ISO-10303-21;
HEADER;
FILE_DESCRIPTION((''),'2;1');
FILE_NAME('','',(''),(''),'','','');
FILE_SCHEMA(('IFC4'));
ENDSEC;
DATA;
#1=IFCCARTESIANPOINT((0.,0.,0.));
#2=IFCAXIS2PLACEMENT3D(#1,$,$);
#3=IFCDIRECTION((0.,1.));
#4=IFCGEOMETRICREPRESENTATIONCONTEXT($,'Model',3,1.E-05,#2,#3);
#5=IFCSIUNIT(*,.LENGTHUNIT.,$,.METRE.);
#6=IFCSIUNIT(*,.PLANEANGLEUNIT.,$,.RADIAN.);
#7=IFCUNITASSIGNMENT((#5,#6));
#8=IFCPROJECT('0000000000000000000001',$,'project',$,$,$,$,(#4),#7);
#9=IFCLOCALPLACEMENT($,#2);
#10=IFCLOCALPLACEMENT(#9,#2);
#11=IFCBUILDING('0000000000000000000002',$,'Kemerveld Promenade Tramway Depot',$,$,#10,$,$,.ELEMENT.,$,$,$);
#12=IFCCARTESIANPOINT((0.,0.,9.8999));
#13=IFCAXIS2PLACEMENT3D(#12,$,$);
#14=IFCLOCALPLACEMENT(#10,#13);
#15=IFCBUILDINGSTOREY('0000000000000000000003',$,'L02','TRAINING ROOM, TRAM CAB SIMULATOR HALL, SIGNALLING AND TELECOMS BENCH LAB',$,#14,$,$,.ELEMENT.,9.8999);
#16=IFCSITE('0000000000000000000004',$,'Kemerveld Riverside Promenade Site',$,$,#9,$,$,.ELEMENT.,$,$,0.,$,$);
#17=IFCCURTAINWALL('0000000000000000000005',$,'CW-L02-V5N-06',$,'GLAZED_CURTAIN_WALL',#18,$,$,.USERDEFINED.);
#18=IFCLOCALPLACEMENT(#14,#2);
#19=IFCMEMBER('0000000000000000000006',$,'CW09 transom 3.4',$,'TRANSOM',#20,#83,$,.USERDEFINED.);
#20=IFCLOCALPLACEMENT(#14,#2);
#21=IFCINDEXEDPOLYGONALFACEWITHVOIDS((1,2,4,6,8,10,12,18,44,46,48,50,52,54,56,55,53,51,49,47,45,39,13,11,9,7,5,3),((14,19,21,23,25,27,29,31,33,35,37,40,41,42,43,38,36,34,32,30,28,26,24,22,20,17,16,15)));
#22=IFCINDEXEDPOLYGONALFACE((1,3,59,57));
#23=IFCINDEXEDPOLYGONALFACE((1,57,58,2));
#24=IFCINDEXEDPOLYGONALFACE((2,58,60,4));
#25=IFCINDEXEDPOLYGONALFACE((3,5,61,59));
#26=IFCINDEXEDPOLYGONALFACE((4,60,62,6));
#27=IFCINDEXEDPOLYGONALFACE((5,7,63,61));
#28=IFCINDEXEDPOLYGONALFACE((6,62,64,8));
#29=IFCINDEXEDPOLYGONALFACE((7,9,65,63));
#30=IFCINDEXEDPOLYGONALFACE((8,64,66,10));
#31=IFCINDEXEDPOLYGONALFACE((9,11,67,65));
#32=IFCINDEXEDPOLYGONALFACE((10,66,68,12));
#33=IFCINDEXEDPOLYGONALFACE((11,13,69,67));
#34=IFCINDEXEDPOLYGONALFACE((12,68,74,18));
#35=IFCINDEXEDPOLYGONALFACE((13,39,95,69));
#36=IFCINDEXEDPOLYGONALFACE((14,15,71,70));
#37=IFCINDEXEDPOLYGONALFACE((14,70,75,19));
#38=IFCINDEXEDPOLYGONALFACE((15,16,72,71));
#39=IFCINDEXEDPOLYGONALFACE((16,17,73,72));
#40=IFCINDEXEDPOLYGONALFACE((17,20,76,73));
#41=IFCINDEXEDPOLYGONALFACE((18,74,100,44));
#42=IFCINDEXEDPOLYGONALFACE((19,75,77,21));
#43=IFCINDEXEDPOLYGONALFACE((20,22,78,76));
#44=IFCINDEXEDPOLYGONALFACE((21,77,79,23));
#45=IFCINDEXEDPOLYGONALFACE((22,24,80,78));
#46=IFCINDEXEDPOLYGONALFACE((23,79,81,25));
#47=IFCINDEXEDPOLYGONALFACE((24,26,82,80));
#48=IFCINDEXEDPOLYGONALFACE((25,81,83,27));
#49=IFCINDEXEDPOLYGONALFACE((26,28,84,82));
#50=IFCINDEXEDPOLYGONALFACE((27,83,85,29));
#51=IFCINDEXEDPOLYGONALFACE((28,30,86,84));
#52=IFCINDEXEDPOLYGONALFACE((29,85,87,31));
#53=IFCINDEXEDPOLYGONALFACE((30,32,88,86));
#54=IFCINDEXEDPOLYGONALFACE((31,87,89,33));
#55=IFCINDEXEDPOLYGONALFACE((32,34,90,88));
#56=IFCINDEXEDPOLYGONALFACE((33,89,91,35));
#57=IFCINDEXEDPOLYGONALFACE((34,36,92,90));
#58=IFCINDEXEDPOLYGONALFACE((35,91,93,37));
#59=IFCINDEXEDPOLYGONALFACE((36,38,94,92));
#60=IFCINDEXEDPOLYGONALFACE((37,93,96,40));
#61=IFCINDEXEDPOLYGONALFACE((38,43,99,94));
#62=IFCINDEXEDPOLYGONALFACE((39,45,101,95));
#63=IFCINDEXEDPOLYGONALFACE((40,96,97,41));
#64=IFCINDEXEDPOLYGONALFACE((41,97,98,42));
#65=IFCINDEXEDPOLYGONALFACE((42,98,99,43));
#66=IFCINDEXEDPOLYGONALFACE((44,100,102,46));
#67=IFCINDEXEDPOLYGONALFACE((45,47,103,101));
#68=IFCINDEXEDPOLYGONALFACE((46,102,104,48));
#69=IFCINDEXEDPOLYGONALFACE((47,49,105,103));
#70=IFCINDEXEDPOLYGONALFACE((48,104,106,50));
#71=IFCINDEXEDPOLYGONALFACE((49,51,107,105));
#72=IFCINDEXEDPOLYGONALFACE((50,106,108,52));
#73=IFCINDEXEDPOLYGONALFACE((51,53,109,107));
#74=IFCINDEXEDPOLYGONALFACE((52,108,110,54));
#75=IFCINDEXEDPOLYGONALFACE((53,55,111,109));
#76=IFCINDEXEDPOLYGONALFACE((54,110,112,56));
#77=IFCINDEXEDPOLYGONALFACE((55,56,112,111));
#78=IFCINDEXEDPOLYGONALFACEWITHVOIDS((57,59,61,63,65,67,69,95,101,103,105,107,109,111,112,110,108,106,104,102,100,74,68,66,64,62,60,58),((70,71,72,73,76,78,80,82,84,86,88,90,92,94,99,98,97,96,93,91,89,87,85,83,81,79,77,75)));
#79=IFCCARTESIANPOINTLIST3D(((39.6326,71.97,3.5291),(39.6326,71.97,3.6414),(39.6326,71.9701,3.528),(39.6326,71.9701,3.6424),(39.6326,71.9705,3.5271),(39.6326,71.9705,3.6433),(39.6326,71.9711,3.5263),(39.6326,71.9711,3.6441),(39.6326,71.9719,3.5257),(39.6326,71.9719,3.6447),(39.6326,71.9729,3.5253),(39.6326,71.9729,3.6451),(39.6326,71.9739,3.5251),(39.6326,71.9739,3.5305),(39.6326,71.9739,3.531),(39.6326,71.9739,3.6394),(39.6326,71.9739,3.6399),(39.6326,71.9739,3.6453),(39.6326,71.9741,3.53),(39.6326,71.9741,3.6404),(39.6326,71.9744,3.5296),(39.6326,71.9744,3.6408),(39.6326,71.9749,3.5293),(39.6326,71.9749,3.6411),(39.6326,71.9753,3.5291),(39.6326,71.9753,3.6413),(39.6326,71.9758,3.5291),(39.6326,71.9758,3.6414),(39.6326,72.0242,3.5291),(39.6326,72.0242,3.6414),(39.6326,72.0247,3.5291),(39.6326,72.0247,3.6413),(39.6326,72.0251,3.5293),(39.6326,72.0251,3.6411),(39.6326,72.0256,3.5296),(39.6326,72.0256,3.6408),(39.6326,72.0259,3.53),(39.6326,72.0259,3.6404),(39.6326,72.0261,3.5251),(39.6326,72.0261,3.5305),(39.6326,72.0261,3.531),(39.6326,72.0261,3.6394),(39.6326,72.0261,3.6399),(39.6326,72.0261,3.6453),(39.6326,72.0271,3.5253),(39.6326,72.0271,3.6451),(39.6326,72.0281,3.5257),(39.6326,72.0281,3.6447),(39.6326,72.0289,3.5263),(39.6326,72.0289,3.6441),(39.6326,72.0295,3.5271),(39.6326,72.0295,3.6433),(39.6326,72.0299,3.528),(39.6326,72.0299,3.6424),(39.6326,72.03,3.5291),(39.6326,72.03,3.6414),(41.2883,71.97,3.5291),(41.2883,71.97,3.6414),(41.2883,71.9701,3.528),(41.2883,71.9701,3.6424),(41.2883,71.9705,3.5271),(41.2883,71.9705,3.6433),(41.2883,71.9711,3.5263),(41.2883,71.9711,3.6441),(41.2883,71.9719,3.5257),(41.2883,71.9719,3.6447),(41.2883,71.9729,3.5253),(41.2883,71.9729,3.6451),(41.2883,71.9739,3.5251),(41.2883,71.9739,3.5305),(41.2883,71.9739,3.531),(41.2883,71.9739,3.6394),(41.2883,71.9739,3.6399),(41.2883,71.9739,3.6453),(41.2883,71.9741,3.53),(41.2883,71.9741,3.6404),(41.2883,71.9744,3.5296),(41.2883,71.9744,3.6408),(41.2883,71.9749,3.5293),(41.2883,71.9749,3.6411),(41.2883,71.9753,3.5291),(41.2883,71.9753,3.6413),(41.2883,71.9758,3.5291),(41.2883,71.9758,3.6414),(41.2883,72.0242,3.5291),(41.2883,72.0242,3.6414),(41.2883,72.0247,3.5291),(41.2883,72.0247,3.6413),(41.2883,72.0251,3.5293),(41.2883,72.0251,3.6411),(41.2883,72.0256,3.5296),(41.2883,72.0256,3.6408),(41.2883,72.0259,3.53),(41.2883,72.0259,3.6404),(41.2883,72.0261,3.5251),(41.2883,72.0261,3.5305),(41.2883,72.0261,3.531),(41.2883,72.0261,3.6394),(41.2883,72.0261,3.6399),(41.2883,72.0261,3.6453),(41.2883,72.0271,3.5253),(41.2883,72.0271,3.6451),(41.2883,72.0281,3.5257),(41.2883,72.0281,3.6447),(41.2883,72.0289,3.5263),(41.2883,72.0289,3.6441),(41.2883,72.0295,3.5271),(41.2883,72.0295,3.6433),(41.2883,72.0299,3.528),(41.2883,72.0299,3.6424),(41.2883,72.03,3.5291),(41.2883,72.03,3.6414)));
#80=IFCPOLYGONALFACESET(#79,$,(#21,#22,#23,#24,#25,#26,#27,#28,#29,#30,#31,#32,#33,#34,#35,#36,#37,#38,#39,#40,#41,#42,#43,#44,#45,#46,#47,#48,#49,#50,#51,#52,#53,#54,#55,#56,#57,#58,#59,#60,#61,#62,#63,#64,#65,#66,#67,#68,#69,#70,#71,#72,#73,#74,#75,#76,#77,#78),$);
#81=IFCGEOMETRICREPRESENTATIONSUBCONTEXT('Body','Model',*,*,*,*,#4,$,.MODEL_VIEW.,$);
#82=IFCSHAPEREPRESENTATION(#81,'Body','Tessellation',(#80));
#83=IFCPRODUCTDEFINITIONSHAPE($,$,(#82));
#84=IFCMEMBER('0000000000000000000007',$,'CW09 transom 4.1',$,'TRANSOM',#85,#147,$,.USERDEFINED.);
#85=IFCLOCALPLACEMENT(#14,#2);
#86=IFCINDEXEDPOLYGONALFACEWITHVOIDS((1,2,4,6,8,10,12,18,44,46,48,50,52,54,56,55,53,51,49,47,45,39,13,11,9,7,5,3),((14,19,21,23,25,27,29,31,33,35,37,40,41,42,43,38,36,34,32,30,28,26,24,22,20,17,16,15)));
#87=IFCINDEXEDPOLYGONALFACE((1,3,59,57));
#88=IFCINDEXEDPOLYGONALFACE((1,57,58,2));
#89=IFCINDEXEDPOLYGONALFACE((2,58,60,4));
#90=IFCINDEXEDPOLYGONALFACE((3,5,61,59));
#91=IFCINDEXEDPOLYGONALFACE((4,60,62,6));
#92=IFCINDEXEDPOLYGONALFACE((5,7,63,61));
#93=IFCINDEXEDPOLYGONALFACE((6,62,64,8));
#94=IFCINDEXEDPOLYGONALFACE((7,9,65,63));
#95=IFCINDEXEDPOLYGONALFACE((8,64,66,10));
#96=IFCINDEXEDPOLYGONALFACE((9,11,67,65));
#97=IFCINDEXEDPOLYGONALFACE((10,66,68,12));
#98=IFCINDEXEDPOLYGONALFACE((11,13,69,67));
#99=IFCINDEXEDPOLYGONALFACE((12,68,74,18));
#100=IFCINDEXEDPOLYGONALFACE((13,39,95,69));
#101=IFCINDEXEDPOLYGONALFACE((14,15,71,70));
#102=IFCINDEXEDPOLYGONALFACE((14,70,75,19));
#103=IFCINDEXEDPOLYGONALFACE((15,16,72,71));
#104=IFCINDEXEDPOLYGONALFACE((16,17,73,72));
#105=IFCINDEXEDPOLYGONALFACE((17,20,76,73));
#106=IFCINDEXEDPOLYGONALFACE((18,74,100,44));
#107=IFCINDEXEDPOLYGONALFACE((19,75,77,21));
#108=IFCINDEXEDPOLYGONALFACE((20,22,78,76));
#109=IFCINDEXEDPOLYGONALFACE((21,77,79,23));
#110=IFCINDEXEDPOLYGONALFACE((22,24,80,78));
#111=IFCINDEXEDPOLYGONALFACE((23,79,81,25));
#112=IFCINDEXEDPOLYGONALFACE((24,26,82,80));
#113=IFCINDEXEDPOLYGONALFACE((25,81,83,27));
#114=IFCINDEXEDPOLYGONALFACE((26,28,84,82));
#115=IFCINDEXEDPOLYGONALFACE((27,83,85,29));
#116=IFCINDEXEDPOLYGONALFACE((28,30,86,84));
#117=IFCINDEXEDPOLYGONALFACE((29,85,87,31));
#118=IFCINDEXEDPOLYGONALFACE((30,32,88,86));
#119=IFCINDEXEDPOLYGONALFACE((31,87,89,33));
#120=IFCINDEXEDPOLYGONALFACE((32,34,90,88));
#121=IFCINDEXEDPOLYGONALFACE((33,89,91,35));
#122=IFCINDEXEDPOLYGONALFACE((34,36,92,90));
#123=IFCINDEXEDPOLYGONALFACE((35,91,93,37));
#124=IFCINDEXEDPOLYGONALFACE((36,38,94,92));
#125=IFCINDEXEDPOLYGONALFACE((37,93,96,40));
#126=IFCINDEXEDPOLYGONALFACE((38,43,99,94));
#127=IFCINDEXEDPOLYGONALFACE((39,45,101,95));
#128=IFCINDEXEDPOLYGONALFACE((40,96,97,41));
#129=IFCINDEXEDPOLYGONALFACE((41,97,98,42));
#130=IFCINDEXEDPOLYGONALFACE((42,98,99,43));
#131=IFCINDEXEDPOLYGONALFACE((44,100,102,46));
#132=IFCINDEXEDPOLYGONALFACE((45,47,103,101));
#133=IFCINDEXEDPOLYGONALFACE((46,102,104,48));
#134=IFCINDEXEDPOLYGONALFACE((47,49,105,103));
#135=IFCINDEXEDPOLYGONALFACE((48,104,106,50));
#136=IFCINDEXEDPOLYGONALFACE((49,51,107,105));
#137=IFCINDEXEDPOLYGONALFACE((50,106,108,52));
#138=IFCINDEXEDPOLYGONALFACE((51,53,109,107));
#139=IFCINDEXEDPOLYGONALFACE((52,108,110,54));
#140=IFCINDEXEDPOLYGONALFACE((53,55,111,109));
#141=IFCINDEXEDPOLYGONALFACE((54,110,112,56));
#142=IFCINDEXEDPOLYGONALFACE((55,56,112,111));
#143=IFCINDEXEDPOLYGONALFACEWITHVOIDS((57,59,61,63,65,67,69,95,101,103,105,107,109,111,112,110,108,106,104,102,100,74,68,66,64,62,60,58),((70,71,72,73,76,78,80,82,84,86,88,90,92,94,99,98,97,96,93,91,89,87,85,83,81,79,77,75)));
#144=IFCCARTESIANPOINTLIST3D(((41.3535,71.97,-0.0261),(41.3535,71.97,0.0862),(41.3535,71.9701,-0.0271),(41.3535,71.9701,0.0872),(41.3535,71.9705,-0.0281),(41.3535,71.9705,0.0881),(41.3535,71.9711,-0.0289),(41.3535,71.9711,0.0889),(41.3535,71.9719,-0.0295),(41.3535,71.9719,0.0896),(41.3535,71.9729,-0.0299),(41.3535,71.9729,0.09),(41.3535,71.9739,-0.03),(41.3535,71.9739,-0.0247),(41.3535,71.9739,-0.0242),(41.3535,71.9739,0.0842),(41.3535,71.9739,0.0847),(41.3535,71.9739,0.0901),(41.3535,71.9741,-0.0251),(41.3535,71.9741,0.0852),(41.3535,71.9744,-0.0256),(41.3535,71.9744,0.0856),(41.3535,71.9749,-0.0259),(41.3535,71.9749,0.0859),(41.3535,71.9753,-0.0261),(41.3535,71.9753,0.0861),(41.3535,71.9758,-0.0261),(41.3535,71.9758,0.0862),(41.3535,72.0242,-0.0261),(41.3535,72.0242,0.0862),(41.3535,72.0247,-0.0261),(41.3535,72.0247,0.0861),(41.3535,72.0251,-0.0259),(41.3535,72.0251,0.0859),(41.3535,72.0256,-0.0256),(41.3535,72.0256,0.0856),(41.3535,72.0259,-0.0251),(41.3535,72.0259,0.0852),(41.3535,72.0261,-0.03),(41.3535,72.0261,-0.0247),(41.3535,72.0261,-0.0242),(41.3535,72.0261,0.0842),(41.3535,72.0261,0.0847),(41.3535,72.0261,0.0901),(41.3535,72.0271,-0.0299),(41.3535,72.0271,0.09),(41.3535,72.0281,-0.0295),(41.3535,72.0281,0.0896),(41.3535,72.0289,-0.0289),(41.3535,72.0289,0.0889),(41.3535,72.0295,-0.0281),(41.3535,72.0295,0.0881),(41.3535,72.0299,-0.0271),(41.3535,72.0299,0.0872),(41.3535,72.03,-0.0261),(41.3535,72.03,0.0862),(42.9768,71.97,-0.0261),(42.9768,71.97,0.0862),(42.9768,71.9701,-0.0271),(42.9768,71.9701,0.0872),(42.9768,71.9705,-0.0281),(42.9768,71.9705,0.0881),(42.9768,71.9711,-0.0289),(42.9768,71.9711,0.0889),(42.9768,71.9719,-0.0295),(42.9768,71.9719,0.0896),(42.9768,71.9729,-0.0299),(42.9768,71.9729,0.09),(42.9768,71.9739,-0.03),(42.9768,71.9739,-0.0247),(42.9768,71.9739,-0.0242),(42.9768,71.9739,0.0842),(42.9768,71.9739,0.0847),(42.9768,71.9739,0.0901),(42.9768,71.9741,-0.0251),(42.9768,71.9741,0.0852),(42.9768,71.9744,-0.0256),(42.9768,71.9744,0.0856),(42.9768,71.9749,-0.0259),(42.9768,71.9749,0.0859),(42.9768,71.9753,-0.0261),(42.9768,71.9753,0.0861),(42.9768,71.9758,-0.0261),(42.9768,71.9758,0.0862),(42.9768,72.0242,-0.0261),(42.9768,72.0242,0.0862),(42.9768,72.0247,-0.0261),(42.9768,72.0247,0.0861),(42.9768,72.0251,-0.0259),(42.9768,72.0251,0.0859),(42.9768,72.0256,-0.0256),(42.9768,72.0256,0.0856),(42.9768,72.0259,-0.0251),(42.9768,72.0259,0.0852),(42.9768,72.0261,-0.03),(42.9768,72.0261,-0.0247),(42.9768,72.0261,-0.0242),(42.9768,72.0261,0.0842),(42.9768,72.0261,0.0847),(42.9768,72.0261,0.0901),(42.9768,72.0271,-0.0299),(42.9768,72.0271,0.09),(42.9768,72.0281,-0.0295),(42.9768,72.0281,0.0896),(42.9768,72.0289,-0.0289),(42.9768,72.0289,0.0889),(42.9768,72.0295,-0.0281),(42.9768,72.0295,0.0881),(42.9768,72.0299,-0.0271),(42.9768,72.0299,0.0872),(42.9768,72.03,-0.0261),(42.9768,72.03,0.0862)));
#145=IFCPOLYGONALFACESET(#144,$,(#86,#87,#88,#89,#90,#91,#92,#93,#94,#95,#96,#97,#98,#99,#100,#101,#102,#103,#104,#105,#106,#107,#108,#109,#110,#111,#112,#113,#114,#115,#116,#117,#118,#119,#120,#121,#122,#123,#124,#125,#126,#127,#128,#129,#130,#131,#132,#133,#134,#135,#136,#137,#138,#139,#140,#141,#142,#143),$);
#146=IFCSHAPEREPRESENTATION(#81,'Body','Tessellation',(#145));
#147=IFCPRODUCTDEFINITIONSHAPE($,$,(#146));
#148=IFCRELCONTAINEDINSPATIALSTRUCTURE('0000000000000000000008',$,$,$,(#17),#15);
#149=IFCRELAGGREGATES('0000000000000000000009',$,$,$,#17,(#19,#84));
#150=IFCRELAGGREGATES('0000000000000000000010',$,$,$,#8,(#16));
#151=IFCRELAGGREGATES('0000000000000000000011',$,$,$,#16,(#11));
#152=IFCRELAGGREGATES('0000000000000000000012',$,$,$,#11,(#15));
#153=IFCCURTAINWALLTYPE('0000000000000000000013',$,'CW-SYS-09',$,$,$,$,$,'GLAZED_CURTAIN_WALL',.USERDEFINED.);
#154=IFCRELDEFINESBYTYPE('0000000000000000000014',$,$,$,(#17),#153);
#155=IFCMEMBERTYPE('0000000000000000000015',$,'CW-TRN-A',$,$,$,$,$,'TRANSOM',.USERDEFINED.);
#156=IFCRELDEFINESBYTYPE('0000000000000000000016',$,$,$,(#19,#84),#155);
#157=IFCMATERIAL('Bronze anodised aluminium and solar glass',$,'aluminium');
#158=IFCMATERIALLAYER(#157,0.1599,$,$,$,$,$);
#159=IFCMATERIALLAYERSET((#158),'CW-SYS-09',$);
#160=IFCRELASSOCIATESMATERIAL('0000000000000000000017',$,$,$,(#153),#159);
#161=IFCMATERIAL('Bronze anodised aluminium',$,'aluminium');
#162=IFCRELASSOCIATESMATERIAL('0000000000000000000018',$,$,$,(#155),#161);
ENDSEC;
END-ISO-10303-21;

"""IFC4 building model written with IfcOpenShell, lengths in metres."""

from ifc_helpers import new_model, si_unit, direction, frame, origin, origin_2d, place, context, subcontext, project, spatial, hollow_rectangle, extrude, material, layer, layer_set, material_profile, profile_set, type_object, element, aggregate, save


model = new_model("IFC4")

# Units and contexts
model_context = context("Model", 3, precision=1e-05, world=origin(), true_north=direction((0.0, 1.0)))
body_context = subcontext(model_context, "Body", "Model", "MODEL_VIEW")
ifc_project = project(units=[si_unit("LENGTHUNIT", "METRE"), si_unit("PLANEANGLEUNIT", "RADIAN")], contexts=[model_context])

# Site, building, storey
site_placement = place(None, origin())
site = spatial("IfcSite", under=ifc_project, at=site_placement, Name="Kemerveld Riverside Promenade Site", CompositionType="ELEMENT", RefElevation=0.0)
building_placement = place(site_placement, origin())
building = spatial("IfcBuilding", under=site, at=building_placement, Name="Kemerveld Promenade Tramway Depot", CompositionType="ELEMENT")
storey_placement = place(building_placement, frame((0.0, 0.0, 9.8999)))
storey = spatial("IfcBuildingStorey", under=building, at=storey_placement, Name="L02", Description="TRAINING ROOM, TRAM CAB SIMULATOR HALL, SIGNALLING AND TELECOMS BENCH LAB", CompositionType="ELEMENT", Elevation=9.8999)

# Curtain wall, members
ifc_material_1 = material(Name="Bronze anodised aluminium and solar glass", Category="aluminium")
ifc_layer_1 = layer(ifc_material_1, 0.1599)
ifc_layer_set_1 = layer_set([ifc_layer_1], Name="CW-SYS-09")
curtain_wall_type = type_object("IfcCurtainWallType", Name="CW-SYS-09", ElementType="GLAZED_CURTAIN_WALL", PredefinedType="USERDEFINED", material=ifc_layer_set_1)
curtain_wall_placement = place(storey_placement, origin())
curtain_wall = element("IfcCurtainWall", 1, at=curtain_wall_placement, inside=storey, type_object=curtain_wall_type, Name="CW-L02-V5N-06", ObjectType="GLAZED_CURTAIN_WALL", PredefinedType="USERDEFINED")
ifc_material_2 = material(Name="Bronze anodised aluminium", Category="aluminium")
ifc_material_profile_1 = material_profile(ifc_material_2, hollow_rectangle(XDim=0.0601, YDim=0.1201, WallThickness=0.0039, InnerFilletRadius=0.002, OuterFilletRadius=0.0039, at=origin_2d()), Name="CW-TRN-120x60")
ifc_profile_set_1 = profile_set([ifc_material_profile_1], Name="Bronze anodised aluminium")
member_type_1 = type_object("IfcMemberType", Name="CW-TRN-A", ElementType="TRANSOM", PredefinedType="USERDEFINED", material=ifc_profile_set_1)
member_1_placement = place(storey_placement, frame((39.6326, 72.0, 3.5852), z_axis=(1.0, 0.0, 0.0), x_axis=(0.0, 1.0, 0.0)))
member_1 = element("IfcMember", 2, at=member_1_placement, type_object=member_type_1, Name="CW09 transom 3.4", ObjectType="TRANSOM", PredefinedType="USERDEFINED", context=body_context, shape_type="SweptSolid", body=[
    extrude(hollow_rectangle(XDim=0.0601, YDim=0.1201, WallThickness=0.0039, InnerFilletRadius=0.002, OuterFilletRadius=0.0039, at=origin_2d()), origin(), (0.0, 0.0, 1.0), 1.6558),
])
member_2_placement = place(storey_placement, frame((41.3535, 72.0, 0.03), z_axis=(1.0, 0.0, 0.0), x_axis=(0.0, 1.0, 0.0)))
member_2 = element("IfcMember", 3, at=member_2_placement, type_object=member_type_1, Name="CW09 transom 4.1", ObjectType="TRANSOM", PredefinedType="USERDEFINED", context=body_context, shape_type="SweptSolid", body=[
    extrude(hollow_rectangle(XDim=0.0601, YDim=0.1201, WallThickness=0.0039, InnerFilletRadius=0.002, OuterFilletRadius=0.0039, at=origin_2d()), origin(), (0.0, 0.0, 1.0), 1.6233),
])
aggregate(curtain_wall, [member_1, member_2])

save(model, "model.ifc")
